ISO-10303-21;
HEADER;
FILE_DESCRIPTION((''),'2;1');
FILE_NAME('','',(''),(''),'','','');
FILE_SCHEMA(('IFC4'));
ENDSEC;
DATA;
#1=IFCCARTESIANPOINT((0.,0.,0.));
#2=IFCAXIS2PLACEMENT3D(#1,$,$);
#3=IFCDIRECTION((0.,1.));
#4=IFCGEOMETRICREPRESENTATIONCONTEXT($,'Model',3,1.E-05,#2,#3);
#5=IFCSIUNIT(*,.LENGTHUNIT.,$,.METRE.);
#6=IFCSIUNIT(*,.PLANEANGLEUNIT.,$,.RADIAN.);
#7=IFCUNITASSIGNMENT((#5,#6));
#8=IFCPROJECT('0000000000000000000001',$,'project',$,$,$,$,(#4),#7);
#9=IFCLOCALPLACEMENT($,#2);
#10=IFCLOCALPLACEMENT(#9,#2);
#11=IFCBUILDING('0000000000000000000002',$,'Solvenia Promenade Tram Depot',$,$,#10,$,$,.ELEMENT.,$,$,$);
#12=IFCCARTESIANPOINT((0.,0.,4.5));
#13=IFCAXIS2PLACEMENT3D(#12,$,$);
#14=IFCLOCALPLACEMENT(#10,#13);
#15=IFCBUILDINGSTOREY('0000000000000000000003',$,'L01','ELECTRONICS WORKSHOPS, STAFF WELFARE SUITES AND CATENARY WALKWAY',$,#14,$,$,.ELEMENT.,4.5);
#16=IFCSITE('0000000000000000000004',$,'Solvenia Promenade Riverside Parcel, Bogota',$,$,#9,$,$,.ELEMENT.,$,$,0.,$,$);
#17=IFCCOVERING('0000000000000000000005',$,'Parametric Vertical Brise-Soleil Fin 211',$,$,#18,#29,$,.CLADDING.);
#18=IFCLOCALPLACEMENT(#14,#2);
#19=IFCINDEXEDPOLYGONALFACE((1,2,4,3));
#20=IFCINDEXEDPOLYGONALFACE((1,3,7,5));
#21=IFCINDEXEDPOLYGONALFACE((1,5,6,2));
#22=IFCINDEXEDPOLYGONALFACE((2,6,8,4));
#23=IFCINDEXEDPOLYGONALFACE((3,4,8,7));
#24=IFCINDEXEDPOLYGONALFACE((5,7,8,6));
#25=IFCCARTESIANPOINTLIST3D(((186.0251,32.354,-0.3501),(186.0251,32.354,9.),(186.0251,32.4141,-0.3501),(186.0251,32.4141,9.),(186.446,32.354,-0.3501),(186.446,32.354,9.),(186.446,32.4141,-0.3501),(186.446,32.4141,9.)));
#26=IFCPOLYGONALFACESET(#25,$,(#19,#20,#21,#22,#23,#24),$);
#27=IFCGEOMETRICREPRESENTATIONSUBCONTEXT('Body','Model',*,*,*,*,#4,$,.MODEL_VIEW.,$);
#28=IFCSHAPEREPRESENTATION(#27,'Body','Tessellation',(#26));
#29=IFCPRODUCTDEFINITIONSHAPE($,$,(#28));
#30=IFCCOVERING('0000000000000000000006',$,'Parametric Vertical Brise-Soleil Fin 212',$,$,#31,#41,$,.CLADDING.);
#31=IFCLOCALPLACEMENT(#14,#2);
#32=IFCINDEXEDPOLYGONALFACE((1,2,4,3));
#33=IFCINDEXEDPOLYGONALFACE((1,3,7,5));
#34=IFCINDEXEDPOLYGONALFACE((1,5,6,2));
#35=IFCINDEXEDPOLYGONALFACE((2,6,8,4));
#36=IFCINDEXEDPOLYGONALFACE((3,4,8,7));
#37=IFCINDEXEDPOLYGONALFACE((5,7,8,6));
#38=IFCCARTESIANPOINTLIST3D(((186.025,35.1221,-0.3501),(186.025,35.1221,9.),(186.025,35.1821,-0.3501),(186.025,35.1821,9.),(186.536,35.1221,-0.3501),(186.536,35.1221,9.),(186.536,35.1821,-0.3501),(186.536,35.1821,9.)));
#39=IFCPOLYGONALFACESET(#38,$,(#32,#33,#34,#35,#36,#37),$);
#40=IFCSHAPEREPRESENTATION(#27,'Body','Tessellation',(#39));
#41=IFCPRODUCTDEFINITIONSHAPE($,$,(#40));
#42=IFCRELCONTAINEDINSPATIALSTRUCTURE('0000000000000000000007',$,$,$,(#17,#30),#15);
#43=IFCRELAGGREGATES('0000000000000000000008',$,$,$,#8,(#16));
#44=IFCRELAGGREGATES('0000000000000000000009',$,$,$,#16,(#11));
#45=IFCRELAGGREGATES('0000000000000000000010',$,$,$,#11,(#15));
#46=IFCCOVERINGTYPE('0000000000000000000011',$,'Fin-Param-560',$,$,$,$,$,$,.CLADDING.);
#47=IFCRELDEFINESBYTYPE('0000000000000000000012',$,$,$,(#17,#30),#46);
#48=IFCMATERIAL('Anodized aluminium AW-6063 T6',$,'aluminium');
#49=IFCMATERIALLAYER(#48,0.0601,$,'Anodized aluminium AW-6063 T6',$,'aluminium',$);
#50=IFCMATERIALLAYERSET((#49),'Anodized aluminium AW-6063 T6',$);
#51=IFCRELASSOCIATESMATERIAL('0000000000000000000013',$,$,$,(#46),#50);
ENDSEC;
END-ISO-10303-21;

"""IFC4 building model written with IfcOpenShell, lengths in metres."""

from ifc_helpers import new_model, si_unit, direction, frame, origin, origin_2d, place, context, subcontext, project, spatial, rectangle, extrude, material, layer, layer_set, type_object, element, save


model = new_model("IFC4")

# Units and contexts
model_context = context("Model", 3, precision=1e-05, world=origin(), true_north=direction((0.0, 1.0)))
body_context = subcontext(model_context, "Body", "Model", "MODEL_VIEW")
ifc_project = project(units=[si_unit("LENGTHUNIT", "METRE"), si_unit("PLANEANGLEUNIT", "RADIAN")], contexts=[model_context])

# Site, building, storey
site_placement = place(None, origin())
site = spatial("IfcSite", under=ifc_project, at=site_placement, Name="Solvenia Promenade Riverside Parcel, Bogota", CompositionType="ELEMENT", RefElevation=0.0)
building_placement = place(site_placement, origin())
building = spatial("IfcBuilding", under=site, at=building_placement, Name="Solvenia Promenade Tram Depot", CompositionType="ELEMENT")
storey_placement = place(building_placement, frame((0.0, 0.0, 4.5)))
storey = spatial("IfcBuildingStorey", under=building, at=storey_placement, Name="L01", Description="ELECTRONICS WORKSHOPS, STAFF WELFARE SUITES AND CATENARY WALKWAY", CompositionType="ELEMENT", Elevation=4.5)

# Shared definitions
ifc_material_1 = material(Name="Anodized aluminium AW-6063 T6", Category="aluminium")

# Coverings
ifc_layer_1 = layer(ifc_material_1, 0.0601, Name="Anodized aluminium AW-6063 T6", Category="aluminium")
ifc_layer_set_1 = layer_set([ifc_layer_1], Name="Anodized aluminium AW-6063 T6")
covering_type = type_object("IfcCoveringType", Name="Fin-Param-560", PredefinedType="CLADDING", material=ifc_layer_set_1)
covering_1_placement = place(storey_placement, frame((186.2356, 32.384, -0.3501), z_axis=(0.0, 0.0, 1.0), x_axis=(0.0, 1.0, 0.0)))
element("IfcCovering", 1, at=covering_1_placement, inside=storey, type_object=covering_type, Name="Parametric Vertical Brise-Soleil Fin 211", PredefinedType="CLADDING", context=body_context, shape_type="SweptSolid", body=[
    extrude(rectangle(XDim=0.0601, YDim=0.4209, at=origin_2d()), origin(), (0.0, 0.0, 1.0), 9.3501),
])
covering_2_placement = place(storey_placement, frame((186.2805, 35.1521, -0.3501), z_axis=(0.0, 0.0, 1.0), x_axis=(0.0, 1.0, 0.0)))
element("IfcCovering", 2, at=covering_2_placement, inside=storey, type_object=covering_type, Name="Parametric Vertical Brise-Soleil Fin 212", PredefinedType="CLADDING", context=body_context, shape_type="SweptSolid", body=[
    extrude(rectangle(XDim=0.0601, YDim=0.511, at=origin_2d()), origin(), (0.0, 0.0, 1.0), 9.3501),
])

save(model, "model.ifc")
